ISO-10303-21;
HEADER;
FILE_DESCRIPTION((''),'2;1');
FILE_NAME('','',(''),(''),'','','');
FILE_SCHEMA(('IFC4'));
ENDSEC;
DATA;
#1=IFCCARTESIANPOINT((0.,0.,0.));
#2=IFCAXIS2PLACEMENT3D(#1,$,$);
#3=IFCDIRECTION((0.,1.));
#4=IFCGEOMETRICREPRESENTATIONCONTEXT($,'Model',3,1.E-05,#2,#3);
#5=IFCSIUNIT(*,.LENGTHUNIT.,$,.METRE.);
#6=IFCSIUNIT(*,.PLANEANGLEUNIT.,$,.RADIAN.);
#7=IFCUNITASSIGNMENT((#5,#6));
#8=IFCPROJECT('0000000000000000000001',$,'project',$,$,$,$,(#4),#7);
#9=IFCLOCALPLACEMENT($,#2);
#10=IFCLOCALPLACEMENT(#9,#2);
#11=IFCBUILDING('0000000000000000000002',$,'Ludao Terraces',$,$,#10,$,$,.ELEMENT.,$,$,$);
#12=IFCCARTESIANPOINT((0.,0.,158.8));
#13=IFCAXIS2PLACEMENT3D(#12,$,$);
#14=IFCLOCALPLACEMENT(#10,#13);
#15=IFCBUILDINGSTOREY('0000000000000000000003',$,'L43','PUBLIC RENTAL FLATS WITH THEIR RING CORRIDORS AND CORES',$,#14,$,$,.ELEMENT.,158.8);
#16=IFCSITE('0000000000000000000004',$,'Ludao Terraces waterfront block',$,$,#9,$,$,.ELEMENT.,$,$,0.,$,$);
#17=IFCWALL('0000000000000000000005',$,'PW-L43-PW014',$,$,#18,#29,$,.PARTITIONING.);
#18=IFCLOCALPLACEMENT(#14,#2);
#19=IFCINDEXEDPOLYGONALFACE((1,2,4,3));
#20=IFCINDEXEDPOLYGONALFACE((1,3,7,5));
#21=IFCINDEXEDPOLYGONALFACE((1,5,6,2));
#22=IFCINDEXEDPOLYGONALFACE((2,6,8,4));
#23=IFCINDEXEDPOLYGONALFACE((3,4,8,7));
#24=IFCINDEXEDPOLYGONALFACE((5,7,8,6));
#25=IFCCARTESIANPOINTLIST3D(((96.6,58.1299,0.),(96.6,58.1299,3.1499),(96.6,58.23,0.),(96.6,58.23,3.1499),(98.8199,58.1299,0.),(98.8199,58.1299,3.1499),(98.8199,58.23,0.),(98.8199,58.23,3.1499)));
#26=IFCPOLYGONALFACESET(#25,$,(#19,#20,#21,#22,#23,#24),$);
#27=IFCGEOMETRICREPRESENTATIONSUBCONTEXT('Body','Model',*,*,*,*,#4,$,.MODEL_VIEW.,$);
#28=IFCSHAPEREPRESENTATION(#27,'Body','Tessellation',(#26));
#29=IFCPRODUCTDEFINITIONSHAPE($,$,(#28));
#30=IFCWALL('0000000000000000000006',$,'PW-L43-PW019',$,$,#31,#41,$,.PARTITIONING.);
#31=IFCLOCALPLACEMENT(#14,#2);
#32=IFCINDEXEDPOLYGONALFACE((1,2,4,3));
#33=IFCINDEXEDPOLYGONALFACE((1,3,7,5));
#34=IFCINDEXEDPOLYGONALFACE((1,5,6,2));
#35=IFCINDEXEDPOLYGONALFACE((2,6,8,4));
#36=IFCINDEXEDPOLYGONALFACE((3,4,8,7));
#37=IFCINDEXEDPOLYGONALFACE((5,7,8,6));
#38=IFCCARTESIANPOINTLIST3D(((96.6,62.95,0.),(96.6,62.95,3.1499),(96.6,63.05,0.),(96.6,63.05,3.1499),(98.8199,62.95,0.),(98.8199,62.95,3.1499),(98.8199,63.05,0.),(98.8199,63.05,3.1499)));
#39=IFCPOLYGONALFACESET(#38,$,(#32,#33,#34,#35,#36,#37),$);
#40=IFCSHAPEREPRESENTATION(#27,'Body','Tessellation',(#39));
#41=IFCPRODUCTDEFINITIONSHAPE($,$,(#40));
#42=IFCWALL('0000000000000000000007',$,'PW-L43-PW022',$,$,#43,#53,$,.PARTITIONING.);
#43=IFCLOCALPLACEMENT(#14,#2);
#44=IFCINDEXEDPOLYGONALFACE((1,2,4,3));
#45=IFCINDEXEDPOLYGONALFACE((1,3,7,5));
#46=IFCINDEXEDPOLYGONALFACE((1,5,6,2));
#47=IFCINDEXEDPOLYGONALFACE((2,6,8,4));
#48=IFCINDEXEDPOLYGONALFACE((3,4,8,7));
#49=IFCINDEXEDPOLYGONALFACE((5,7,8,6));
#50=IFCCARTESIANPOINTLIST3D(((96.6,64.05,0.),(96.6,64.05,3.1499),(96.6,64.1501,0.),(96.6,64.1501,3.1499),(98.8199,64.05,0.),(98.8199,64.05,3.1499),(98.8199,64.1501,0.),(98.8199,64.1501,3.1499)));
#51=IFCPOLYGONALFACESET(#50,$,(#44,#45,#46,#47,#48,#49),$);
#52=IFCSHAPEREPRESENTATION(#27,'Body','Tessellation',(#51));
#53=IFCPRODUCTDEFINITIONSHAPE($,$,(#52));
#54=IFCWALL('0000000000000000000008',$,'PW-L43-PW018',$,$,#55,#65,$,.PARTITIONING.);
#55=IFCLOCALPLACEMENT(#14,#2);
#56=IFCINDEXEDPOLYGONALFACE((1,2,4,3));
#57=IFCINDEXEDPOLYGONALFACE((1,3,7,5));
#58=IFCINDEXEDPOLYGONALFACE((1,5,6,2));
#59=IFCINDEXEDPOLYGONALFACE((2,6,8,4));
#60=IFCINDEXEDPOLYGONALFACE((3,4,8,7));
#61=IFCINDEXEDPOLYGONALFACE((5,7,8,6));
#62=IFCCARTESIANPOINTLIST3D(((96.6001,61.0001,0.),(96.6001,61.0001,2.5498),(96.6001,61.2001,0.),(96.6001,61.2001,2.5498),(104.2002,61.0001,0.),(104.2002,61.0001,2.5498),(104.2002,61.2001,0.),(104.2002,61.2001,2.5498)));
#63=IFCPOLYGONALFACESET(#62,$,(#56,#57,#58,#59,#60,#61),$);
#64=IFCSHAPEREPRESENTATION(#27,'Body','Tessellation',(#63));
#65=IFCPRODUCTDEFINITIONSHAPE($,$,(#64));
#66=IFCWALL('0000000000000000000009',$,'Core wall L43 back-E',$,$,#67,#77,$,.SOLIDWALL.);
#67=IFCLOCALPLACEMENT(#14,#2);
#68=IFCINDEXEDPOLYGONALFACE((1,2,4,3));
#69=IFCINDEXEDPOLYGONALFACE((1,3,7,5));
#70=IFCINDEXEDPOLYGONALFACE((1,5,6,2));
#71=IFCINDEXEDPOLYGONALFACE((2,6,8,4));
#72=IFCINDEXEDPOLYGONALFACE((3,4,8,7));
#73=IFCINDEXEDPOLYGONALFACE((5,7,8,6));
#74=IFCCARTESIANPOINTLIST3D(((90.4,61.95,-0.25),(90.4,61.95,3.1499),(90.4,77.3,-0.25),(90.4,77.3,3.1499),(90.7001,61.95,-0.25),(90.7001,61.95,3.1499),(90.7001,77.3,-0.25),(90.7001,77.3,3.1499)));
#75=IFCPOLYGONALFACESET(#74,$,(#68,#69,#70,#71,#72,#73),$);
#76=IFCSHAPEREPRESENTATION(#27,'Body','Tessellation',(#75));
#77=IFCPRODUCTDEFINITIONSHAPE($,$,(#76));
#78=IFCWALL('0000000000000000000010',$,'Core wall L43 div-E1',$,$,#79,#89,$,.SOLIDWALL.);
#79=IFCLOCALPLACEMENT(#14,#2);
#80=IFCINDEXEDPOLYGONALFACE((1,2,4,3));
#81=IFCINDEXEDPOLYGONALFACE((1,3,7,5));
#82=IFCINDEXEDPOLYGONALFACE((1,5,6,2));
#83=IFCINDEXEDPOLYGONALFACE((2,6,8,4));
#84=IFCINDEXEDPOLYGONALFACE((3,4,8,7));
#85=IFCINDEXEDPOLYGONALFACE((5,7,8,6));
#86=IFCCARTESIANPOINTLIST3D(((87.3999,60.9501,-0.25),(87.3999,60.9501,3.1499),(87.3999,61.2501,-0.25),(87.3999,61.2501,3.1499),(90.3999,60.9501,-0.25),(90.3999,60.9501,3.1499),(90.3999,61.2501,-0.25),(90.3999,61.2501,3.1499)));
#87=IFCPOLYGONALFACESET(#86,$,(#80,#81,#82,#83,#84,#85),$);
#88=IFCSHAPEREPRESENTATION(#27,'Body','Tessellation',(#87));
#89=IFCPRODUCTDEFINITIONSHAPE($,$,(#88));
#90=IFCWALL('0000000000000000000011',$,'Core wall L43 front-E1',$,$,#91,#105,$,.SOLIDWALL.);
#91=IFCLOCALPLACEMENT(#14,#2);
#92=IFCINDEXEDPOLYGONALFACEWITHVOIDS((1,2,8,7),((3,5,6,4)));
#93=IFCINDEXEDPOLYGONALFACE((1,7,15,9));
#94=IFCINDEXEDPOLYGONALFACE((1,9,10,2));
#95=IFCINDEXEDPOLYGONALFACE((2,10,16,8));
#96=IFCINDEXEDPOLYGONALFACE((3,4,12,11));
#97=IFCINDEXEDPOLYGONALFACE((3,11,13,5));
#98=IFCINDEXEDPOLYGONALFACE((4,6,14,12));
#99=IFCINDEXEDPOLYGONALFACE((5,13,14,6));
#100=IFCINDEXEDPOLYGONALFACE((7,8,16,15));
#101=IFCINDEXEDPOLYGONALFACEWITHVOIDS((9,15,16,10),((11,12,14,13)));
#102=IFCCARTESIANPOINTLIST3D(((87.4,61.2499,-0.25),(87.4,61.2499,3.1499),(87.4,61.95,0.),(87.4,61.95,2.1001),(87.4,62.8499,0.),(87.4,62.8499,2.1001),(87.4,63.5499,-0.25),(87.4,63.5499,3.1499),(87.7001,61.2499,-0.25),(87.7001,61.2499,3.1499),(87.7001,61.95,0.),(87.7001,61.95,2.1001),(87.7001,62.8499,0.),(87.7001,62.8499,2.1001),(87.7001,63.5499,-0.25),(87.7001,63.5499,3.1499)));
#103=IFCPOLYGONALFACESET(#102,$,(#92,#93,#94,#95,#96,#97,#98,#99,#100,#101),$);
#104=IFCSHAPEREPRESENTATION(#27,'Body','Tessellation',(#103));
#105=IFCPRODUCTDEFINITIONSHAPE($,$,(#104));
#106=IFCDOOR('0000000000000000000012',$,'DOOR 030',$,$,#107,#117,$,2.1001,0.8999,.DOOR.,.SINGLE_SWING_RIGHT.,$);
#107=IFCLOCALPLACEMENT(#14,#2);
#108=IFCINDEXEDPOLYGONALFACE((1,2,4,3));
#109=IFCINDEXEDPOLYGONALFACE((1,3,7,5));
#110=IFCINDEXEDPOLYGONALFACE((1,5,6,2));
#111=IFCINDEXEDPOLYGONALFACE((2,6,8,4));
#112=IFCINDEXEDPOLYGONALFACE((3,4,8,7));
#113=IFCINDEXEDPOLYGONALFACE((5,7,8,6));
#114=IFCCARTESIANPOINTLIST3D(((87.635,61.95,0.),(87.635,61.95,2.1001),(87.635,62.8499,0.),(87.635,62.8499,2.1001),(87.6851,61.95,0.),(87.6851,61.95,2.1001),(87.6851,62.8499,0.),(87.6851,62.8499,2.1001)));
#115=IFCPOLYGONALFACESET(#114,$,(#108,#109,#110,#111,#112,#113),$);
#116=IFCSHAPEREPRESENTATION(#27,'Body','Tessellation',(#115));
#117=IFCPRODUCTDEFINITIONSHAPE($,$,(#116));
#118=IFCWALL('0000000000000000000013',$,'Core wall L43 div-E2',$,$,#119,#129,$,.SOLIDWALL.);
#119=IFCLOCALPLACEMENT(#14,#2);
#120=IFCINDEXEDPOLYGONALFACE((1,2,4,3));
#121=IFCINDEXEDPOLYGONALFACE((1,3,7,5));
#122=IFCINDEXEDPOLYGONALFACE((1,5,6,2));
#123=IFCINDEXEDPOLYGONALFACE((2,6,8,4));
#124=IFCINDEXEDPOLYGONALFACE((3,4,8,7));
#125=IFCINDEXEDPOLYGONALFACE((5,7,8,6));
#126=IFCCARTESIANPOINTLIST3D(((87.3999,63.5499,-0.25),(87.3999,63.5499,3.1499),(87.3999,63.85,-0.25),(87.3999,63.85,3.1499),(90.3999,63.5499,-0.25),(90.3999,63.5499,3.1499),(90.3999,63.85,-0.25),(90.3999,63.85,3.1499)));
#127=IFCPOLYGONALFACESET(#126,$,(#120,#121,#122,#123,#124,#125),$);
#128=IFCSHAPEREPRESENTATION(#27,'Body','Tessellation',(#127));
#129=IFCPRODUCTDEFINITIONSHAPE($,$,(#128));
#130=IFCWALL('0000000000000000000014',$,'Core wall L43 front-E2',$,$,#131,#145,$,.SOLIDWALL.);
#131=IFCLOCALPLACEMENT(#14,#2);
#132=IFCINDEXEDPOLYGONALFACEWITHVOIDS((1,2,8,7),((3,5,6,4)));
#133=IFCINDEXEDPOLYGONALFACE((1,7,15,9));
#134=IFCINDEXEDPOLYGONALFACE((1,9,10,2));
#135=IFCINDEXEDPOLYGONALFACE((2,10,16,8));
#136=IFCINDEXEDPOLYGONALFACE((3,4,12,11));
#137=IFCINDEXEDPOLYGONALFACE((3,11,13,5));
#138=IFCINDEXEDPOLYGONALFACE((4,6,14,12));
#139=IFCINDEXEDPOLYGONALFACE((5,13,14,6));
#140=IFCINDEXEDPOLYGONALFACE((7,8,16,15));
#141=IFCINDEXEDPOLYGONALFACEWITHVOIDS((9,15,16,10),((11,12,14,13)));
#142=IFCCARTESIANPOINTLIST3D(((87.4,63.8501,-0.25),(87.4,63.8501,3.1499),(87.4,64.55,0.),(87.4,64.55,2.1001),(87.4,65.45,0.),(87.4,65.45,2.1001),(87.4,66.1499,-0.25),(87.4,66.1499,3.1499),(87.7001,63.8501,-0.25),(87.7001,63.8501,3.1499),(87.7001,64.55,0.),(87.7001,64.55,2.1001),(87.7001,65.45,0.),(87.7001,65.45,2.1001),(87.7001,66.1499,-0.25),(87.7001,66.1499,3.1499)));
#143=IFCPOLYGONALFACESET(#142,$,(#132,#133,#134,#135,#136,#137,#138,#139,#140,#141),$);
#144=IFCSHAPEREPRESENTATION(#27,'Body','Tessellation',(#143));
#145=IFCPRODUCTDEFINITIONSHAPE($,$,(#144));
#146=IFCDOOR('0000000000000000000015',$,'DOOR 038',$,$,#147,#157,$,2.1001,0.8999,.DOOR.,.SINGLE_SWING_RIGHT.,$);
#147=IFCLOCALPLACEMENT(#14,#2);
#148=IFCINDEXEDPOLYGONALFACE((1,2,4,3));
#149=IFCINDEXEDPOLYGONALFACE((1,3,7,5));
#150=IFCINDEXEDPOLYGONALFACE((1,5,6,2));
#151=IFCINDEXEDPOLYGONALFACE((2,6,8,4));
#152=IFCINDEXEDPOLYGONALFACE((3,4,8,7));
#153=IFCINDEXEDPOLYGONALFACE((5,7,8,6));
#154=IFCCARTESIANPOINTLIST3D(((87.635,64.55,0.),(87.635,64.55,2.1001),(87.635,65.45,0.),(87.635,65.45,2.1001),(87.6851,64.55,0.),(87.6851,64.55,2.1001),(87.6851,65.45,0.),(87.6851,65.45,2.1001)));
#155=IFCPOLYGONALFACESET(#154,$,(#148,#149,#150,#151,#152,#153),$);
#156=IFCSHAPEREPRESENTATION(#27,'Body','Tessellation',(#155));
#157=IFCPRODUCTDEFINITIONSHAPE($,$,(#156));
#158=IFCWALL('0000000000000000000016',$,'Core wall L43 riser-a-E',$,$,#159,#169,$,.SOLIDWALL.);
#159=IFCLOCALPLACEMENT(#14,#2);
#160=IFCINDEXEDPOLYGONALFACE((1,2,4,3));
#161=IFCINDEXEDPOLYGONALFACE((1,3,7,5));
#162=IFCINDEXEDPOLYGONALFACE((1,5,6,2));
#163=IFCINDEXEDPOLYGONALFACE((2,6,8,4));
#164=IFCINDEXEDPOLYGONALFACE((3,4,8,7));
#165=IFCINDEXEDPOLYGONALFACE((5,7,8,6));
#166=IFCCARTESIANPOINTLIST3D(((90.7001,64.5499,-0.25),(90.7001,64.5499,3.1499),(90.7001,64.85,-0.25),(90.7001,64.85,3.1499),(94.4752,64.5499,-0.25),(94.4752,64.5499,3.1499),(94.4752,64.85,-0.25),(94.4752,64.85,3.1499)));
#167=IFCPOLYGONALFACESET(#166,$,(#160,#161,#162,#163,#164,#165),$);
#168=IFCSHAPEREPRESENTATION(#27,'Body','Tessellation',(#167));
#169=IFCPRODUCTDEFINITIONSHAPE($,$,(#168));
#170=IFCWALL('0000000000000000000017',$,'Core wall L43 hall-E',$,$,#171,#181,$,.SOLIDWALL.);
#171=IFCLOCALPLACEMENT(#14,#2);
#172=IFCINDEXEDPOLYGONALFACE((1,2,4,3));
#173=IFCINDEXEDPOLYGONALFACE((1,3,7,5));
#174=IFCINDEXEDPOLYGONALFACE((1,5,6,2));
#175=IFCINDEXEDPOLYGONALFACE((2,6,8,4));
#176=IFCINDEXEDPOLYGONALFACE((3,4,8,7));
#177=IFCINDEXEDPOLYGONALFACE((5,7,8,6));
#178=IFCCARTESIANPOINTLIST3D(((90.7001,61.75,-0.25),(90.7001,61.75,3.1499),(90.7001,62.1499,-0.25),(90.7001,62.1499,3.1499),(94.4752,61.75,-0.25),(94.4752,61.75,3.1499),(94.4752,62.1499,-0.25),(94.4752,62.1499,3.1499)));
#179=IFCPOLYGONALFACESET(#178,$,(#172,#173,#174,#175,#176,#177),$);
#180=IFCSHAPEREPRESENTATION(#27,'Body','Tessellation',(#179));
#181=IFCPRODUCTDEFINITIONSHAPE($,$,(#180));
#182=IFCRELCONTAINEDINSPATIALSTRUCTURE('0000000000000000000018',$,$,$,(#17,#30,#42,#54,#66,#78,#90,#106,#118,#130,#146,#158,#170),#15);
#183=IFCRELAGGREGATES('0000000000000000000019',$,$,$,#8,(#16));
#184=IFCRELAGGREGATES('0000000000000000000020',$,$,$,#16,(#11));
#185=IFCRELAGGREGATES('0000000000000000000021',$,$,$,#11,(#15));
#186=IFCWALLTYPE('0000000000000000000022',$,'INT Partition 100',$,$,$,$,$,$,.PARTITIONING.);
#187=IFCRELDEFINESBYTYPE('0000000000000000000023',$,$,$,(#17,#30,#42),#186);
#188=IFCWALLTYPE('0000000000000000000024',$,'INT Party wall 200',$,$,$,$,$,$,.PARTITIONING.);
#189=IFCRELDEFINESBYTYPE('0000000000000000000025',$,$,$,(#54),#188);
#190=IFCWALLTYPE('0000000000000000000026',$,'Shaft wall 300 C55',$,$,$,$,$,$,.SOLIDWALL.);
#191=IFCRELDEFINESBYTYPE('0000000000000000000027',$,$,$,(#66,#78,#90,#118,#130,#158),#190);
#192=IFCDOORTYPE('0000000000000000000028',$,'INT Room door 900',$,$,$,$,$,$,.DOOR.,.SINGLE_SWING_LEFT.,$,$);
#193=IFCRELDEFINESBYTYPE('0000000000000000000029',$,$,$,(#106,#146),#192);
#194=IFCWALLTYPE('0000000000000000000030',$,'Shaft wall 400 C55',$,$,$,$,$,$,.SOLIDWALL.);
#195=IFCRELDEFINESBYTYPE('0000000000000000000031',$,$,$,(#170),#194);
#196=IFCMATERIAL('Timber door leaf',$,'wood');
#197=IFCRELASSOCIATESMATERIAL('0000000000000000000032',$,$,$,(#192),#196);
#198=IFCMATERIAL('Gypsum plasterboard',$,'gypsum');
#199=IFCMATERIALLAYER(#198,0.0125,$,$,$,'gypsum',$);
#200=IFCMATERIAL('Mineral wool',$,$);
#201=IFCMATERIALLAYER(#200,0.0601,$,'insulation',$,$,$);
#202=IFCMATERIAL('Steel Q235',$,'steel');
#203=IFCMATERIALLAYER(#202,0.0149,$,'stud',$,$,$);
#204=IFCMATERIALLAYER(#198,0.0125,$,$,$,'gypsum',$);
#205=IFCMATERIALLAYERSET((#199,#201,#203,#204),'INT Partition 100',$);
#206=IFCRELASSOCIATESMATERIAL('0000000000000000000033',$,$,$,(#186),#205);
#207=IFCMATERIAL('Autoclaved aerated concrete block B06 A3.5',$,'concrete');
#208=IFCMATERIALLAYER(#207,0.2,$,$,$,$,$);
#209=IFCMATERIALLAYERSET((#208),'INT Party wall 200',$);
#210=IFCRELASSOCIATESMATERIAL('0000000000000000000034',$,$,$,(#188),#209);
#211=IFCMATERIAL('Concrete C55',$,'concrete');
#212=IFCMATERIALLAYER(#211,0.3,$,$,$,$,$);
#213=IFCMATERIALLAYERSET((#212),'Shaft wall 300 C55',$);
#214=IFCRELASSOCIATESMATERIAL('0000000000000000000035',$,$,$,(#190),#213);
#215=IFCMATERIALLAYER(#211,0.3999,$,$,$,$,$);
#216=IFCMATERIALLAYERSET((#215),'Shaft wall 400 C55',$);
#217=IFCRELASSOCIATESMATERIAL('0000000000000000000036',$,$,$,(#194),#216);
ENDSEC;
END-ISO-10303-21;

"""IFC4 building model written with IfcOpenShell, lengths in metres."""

from ifc_helpers import new_model, si_unit, direction, frame, frame_2d, origin, place, context, subcontext, project, spatial, rectangle, extrude, material, layer, layer_set, type_object, element, fill, save


model = new_model("IFC4")

# Units and contexts
model_context = context("Model", 3, precision=1e-05, world=origin(), true_north=direction((0.0, 1.0)))
body_context = subcontext(model_context, "Body", "Model", "MODEL_VIEW")
ifc_project = project(units=[si_unit("LENGTHUNIT", "METRE"), si_unit("PLANEANGLEUNIT", "RADIAN")], contexts=[model_context])

# Site, building, storey
site_placement = place(None, origin())
site = spatial("IfcSite", under=ifc_project, at=site_placement, Name="Ludao Terraces waterfront block", CompositionType="ELEMENT", RefElevation=0.0)
building_placement = place(site_placement, origin())
building = spatial("IfcBuilding", under=site, at=building_placement, Name="Ludao Terraces", CompositionType="ELEMENT")
storey_placement = place(building_placement, frame((0.0, 0.0, 158.8)))
storey = spatial("IfcBuildingStorey", under=building, at=storey_placement, Name="L43", Description="PUBLIC RENTAL FLATS WITH THEIR RING CORRIDORS AND CORES", CompositionType="ELEMENT", Elevation=158.8)

# Shared definitions
ifc_material_1 = material(Name="Steel Q235", Category="steel")
ifc_material_2 = material(Name="Timber door leaf", Category="wood")
door_type_1 = type_object("IfcDoorType", Name="INT Room door 900", OperationType="SINGLE_SWING_LEFT", PredefinedType="DOOR", material=ifc_material_2)

# Shared definitions
ifc_material_3 = material(Name="Mineral wool")

# Walls
ifc_material_4 = material(Name="Gypsum plasterboard", Category="gypsum")
ifc_layer_1 = layer(ifc_material_4, 0.0125, Category="gypsum")
ifc_layer_2 = layer(ifc_material_3, 0.0601, Name="insulation")
ifc_layer_3 = layer(ifc_material_1, 0.0149, Name="stud")
ifc_layer_4 = layer(ifc_material_4, 0.0125, Category="gypsum")
ifc_layer_set_1 = layer_set([ifc_layer_1, ifc_layer_2, ifc_layer_3, ifc_layer_4], Name="INT Partition 100")
wall_type_1 = type_object("IfcWallType", Name="INT Partition 100", PredefinedType="PARTITIONING", material=ifc_layer_set_1)
for number, where, z_axis, x_axis, name in (
    (1, (96.6001, 58.1799, 0.0), (0.0, 0.0, 1.0), (1.0, 0.0, 0.0), "PW-L43-PW014"),
    (2, (96.6001, 63.0, 0.0), (0.0, 0.0, 1.0), (1.0, 0.0, 0.0), "PW-L43-PW019"),
    (3, (96.6001, 64.1001, 0.0), (0.0, 0.0, 1.0), (1.0, 0.0, 0.0), "PW-L43-PW022"),
):
    element("IfcWall", number, at=place(storey_placement, frame(where, z_axis=z_axis, x_axis=x_axis)), inside=storey, type_object=wall_type_1, Name=name, PredefinedType="PARTITIONING", context=body_context, shape_type="SweptSolid", body=[
        extrude(rectangle(XDim=2.22, YDim=0.1001, at=frame_2d((1.1099, 0.0))), origin(), (0.0, 0.0, 1.0), 3.1499),
    ])
ifc_material_5 = material(Name="Autoclaved aerated concrete block B06 A3.5", Category="concrete")
ifc_layer_5 = layer(ifc_material_5, 0.2)
ifc_layer_set_2 = layer_set([ifc_layer_5], Name="INT Party wall 200")
wall_type_2 = type_object("IfcWallType", Name="INT Party wall 200", PredefinedType="PARTITIONING", material=ifc_layer_set_2)
wall_1_placement = place(storey_placement, frame((96.6001, 61.1001, 0.0), z_axis=(0.0, 0.0, 1.0), x_axis=(1.0, 0.0, 0.0)))
element("IfcWall", 4, at=wall_1_placement, inside=storey, type_object=wall_type_2, Name="PW-L43-PW018", PredefinedType="PARTITIONING", context=body_context, shape_type="SweptSolid", body=[
    extrude(rectangle(XDim=7.6001, YDim=0.2, at=frame_2d((3.8, 0.0))), origin(), (0.0, 0.0, 1.0), 2.5498),
])
ifc_material_6 = material(Name="Concrete C55", Category="concrete")
ifc_layer_6 = layer(ifc_material_6, 0.3)
ifc_layer_set_3 = layer_set([ifc_layer_6], Name="Shaft wall 300 C55")
wall_type_3 = type_object("IfcWallType", Name="Shaft wall 300 C55", PredefinedType="SOLIDWALL", material=ifc_layer_set_3)
wall_2_placement = place(storey_placement, frame((90.55, 61.95, -0.25), z_axis=(0.0, 0.0, 1.0), x_axis=(0.0, 1.0, 0.0)))
element("IfcWall", 5, at=wall_2_placement, inside=storey, type_object=wall_type_3, Name="Core wall L43 back-E", PredefinedType="SOLIDWALL", context=body_context, shape_type="SweptSolid", body=[
    extrude(rectangle(XDim=15.3501, YDim=0.3, at=frame_2d((7.675, 0.0))), origin(), (0.0, 0.0, 1.0), 3.3999),
])
wall_3_placement = place(storey_placement, frame((87.3999, 61.1001, -0.25), z_axis=(0.0, 0.0, 1.0), x_axis=(1.0, 0.0, 0.0)))
element("IfcWall", 6, at=wall_3_placement, inside=storey, type_object=wall_type_3, Name="Core wall L43 div-E1", PredefinedType="SOLIDWALL", context=body_context, shape_type="SweptSolid", body=[
    extrude(rectangle(XDim=3.0, YDim=0.3, at=frame_2d((1.5, 0.0))), origin(), (0.0, 0.0, 1.0), 3.3999),
])

# Wall, opening, door
wall_4_placement = place(storey_placement, frame((87.55, 61.25, -0.25), z_axis=(0.0, 0.0, 1.0), x_axis=(0.0, 1.0, 0.0)))
wall_4 = element("IfcWall", 7, at=wall_4_placement, inside=storey, type_object=wall_type_3, Name="Core wall L43 front-E1", PredefinedType="SOLIDWALL", context=body_context, shape_type="SweptSolid", body=[
    extrude(rectangle(XDim=2.3, YDim=0.3, at=frame_2d((1.1499, 0.0))), origin(), (0.0, 0.0, 1.0), 3.3999),
])
opening_1_placement = place(wall_4_placement, frame((0.7, 0.0, 0.25)))
opening_1 = element("IfcOpeningElement", 8, at=opening_1_placement, cuts=wall_4, PredefinedType="OPENING", context=body_context, shape_type="SweptSolid", body=[
    extrude(rectangle(XDim=0.8999, YDim=2.1001, at=frame_2d((0.45, 1.05))), frame((0.0, 0.1602, 0.0), z_axis=(0.0, -1.0, 0.0), x_axis=(1.0, 0.0, 0.0)), (0.0, 0.0, 1.0), 0.3201),
])
door_1_placement = place(opening_1_placement, origin())
door_1 = element("IfcDoor", 9, at=door_1_placement, inside=storey, type_object=door_type_1, Name="DOOR 030", OperationType="SINGLE_SWING_RIGHT", OverallHeight=2.1001, OverallWidth=0.8999, PredefinedType="DOOR", context=body_context, shape_type="SweptSolid", body=[
    extrude(rectangle(XDim=0.8999, YDim=2.1001, at=frame_2d((0.45, 1.05))), frame((0.0, -0.085, 0.0), z_axis=(0.0, -1.0, 0.0), x_axis=(1.0, 0.0, 0.0)), (0.0, 0.0, 1.0), 0.05),
])
fill(opening_1, door_1)

# Wall
wall_5_placement = place(storey_placement, frame((87.3999, 63.7, -0.25), z_axis=(0.0, 0.0, 1.0), x_axis=(1.0, 0.0, 0.0)))
element("IfcWall", 10, at=wall_5_placement, inside=storey, type_object=wall_type_3, Name="Core wall L43 div-E2", PredefinedType="SOLIDWALL", context=body_context, shape_type="SweptSolid", body=[
    extrude(rectangle(XDim=3.0, YDim=0.3, at=frame_2d((1.5, 0.0))), origin(), (0.0, 0.0, 1.0), 3.3999),
])

# Wall, opening, door
wall_6_placement = place(storey_placement, frame((87.55, 63.8501, -0.25), z_axis=(0.0, 0.0, 1.0), x_axis=(0.0, 1.0, 0.0)))
wall_6 = element("IfcWall", 11, at=wall_6_placement, inside=storey, type_object=wall_type_3, Name="Core wall L43 front-E2", PredefinedType="SOLIDWALL", context=body_context, shape_type="SweptSolid", body=[
    extrude(rectangle(XDim=2.2998, YDim=0.3, at=frame_2d((1.1499, 0.0))), origin(), (0.0, 0.0, 1.0), 3.3999),
])
opening_2_placement = place(wall_6_placement, frame((0.7, 0.0, 0.25)))
opening_2 = element("IfcOpeningElement", 12, at=opening_2_placement, cuts=wall_6, PredefinedType="OPENING", context=body_context, shape_type="SweptSolid", body=[
    extrude(rectangle(XDim=0.8999, YDim=2.1001, at=frame_2d((0.45, 1.05))), frame((0.0, 0.1602, 0.0), z_axis=(0.0, -1.0, 0.0), x_axis=(1.0, 0.0, 0.0)), (0.0, 0.0, 1.0), 0.3201),
])
door_2_placement = place(opening_2_placement, origin())
door_2 = element("IfcDoor", 13, at=door_2_placement, inside=storey, type_object=door_type_1, Name="DOOR 038", OperationType="SINGLE_SWING_RIGHT", OverallHeight=2.1001, OverallWidth=0.8999, PredefinedType="DOOR", context=body_context, shape_type="SweptSolid", body=[
    extrude(rectangle(XDim=0.8999, YDim=2.1001, at=frame_2d((0.45, 1.05))), frame((0.0, -0.085, 0.0), z_axis=(0.0, -1.0, 0.0), x_axis=(1.0, 0.0, 0.0)), (0.0, 0.0, 1.0), 0.05),
])
fill(opening_2, door_2)

# Walls
wall_7_placement = place(storey_placement, frame((90.7, 64.7, -0.25), z_axis=(0.0, 0.0, 1.0), x_axis=(1.0, 0.0, 0.0)))
element("IfcWall", 14, at=wall_7_placement, inside=storey, type_object=wall_type_3, Name="Core wall L43 riser-a-E", PredefinedType="SOLIDWALL", context=body_context, shape_type="SweptSolid", body=[
    extrude(rectangle(XDim=3.7751, YDim=0.3, at=frame_2d((1.8877, 0.0))), origin(), (0.0, 0.0, 1.0), 3.3999),
])
ifc_layer_7 = layer(ifc_material_6, 0.3999)
ifc_layer_set_4 = layer_set([ifc_layer_7], Name="Shaft wall 400 C55")
wall_type_4 = type_object("IfcWallType", Name="Shaft wall 400 C55", PredefinedType="SOLIDWALL", material=ifc_layer_set_4)
wall_8_placement = place(storey_placement, frame((90.7, 61.95, -0.25), z_axis=(0.0, 0.0, 1.0), x_axis=(1.0, 0.0, 0.0)))
element("IfcWall", 15, at=wall_8_placement, inside=storey, type_object=wall_type_4, Name="Core wall L43 hall-E", PredefinedType="SOLIDWALL", context=body_context, shape_type="SweptSolid", body=[
    extrude(rectangle(XDim=3.7751, YDim=0.3999, at=frame_2d((1.8877, 0.0))), origin(), (0.0, 0.0, 1.0), 3.3999),
])

save(model, "model.ifc")
